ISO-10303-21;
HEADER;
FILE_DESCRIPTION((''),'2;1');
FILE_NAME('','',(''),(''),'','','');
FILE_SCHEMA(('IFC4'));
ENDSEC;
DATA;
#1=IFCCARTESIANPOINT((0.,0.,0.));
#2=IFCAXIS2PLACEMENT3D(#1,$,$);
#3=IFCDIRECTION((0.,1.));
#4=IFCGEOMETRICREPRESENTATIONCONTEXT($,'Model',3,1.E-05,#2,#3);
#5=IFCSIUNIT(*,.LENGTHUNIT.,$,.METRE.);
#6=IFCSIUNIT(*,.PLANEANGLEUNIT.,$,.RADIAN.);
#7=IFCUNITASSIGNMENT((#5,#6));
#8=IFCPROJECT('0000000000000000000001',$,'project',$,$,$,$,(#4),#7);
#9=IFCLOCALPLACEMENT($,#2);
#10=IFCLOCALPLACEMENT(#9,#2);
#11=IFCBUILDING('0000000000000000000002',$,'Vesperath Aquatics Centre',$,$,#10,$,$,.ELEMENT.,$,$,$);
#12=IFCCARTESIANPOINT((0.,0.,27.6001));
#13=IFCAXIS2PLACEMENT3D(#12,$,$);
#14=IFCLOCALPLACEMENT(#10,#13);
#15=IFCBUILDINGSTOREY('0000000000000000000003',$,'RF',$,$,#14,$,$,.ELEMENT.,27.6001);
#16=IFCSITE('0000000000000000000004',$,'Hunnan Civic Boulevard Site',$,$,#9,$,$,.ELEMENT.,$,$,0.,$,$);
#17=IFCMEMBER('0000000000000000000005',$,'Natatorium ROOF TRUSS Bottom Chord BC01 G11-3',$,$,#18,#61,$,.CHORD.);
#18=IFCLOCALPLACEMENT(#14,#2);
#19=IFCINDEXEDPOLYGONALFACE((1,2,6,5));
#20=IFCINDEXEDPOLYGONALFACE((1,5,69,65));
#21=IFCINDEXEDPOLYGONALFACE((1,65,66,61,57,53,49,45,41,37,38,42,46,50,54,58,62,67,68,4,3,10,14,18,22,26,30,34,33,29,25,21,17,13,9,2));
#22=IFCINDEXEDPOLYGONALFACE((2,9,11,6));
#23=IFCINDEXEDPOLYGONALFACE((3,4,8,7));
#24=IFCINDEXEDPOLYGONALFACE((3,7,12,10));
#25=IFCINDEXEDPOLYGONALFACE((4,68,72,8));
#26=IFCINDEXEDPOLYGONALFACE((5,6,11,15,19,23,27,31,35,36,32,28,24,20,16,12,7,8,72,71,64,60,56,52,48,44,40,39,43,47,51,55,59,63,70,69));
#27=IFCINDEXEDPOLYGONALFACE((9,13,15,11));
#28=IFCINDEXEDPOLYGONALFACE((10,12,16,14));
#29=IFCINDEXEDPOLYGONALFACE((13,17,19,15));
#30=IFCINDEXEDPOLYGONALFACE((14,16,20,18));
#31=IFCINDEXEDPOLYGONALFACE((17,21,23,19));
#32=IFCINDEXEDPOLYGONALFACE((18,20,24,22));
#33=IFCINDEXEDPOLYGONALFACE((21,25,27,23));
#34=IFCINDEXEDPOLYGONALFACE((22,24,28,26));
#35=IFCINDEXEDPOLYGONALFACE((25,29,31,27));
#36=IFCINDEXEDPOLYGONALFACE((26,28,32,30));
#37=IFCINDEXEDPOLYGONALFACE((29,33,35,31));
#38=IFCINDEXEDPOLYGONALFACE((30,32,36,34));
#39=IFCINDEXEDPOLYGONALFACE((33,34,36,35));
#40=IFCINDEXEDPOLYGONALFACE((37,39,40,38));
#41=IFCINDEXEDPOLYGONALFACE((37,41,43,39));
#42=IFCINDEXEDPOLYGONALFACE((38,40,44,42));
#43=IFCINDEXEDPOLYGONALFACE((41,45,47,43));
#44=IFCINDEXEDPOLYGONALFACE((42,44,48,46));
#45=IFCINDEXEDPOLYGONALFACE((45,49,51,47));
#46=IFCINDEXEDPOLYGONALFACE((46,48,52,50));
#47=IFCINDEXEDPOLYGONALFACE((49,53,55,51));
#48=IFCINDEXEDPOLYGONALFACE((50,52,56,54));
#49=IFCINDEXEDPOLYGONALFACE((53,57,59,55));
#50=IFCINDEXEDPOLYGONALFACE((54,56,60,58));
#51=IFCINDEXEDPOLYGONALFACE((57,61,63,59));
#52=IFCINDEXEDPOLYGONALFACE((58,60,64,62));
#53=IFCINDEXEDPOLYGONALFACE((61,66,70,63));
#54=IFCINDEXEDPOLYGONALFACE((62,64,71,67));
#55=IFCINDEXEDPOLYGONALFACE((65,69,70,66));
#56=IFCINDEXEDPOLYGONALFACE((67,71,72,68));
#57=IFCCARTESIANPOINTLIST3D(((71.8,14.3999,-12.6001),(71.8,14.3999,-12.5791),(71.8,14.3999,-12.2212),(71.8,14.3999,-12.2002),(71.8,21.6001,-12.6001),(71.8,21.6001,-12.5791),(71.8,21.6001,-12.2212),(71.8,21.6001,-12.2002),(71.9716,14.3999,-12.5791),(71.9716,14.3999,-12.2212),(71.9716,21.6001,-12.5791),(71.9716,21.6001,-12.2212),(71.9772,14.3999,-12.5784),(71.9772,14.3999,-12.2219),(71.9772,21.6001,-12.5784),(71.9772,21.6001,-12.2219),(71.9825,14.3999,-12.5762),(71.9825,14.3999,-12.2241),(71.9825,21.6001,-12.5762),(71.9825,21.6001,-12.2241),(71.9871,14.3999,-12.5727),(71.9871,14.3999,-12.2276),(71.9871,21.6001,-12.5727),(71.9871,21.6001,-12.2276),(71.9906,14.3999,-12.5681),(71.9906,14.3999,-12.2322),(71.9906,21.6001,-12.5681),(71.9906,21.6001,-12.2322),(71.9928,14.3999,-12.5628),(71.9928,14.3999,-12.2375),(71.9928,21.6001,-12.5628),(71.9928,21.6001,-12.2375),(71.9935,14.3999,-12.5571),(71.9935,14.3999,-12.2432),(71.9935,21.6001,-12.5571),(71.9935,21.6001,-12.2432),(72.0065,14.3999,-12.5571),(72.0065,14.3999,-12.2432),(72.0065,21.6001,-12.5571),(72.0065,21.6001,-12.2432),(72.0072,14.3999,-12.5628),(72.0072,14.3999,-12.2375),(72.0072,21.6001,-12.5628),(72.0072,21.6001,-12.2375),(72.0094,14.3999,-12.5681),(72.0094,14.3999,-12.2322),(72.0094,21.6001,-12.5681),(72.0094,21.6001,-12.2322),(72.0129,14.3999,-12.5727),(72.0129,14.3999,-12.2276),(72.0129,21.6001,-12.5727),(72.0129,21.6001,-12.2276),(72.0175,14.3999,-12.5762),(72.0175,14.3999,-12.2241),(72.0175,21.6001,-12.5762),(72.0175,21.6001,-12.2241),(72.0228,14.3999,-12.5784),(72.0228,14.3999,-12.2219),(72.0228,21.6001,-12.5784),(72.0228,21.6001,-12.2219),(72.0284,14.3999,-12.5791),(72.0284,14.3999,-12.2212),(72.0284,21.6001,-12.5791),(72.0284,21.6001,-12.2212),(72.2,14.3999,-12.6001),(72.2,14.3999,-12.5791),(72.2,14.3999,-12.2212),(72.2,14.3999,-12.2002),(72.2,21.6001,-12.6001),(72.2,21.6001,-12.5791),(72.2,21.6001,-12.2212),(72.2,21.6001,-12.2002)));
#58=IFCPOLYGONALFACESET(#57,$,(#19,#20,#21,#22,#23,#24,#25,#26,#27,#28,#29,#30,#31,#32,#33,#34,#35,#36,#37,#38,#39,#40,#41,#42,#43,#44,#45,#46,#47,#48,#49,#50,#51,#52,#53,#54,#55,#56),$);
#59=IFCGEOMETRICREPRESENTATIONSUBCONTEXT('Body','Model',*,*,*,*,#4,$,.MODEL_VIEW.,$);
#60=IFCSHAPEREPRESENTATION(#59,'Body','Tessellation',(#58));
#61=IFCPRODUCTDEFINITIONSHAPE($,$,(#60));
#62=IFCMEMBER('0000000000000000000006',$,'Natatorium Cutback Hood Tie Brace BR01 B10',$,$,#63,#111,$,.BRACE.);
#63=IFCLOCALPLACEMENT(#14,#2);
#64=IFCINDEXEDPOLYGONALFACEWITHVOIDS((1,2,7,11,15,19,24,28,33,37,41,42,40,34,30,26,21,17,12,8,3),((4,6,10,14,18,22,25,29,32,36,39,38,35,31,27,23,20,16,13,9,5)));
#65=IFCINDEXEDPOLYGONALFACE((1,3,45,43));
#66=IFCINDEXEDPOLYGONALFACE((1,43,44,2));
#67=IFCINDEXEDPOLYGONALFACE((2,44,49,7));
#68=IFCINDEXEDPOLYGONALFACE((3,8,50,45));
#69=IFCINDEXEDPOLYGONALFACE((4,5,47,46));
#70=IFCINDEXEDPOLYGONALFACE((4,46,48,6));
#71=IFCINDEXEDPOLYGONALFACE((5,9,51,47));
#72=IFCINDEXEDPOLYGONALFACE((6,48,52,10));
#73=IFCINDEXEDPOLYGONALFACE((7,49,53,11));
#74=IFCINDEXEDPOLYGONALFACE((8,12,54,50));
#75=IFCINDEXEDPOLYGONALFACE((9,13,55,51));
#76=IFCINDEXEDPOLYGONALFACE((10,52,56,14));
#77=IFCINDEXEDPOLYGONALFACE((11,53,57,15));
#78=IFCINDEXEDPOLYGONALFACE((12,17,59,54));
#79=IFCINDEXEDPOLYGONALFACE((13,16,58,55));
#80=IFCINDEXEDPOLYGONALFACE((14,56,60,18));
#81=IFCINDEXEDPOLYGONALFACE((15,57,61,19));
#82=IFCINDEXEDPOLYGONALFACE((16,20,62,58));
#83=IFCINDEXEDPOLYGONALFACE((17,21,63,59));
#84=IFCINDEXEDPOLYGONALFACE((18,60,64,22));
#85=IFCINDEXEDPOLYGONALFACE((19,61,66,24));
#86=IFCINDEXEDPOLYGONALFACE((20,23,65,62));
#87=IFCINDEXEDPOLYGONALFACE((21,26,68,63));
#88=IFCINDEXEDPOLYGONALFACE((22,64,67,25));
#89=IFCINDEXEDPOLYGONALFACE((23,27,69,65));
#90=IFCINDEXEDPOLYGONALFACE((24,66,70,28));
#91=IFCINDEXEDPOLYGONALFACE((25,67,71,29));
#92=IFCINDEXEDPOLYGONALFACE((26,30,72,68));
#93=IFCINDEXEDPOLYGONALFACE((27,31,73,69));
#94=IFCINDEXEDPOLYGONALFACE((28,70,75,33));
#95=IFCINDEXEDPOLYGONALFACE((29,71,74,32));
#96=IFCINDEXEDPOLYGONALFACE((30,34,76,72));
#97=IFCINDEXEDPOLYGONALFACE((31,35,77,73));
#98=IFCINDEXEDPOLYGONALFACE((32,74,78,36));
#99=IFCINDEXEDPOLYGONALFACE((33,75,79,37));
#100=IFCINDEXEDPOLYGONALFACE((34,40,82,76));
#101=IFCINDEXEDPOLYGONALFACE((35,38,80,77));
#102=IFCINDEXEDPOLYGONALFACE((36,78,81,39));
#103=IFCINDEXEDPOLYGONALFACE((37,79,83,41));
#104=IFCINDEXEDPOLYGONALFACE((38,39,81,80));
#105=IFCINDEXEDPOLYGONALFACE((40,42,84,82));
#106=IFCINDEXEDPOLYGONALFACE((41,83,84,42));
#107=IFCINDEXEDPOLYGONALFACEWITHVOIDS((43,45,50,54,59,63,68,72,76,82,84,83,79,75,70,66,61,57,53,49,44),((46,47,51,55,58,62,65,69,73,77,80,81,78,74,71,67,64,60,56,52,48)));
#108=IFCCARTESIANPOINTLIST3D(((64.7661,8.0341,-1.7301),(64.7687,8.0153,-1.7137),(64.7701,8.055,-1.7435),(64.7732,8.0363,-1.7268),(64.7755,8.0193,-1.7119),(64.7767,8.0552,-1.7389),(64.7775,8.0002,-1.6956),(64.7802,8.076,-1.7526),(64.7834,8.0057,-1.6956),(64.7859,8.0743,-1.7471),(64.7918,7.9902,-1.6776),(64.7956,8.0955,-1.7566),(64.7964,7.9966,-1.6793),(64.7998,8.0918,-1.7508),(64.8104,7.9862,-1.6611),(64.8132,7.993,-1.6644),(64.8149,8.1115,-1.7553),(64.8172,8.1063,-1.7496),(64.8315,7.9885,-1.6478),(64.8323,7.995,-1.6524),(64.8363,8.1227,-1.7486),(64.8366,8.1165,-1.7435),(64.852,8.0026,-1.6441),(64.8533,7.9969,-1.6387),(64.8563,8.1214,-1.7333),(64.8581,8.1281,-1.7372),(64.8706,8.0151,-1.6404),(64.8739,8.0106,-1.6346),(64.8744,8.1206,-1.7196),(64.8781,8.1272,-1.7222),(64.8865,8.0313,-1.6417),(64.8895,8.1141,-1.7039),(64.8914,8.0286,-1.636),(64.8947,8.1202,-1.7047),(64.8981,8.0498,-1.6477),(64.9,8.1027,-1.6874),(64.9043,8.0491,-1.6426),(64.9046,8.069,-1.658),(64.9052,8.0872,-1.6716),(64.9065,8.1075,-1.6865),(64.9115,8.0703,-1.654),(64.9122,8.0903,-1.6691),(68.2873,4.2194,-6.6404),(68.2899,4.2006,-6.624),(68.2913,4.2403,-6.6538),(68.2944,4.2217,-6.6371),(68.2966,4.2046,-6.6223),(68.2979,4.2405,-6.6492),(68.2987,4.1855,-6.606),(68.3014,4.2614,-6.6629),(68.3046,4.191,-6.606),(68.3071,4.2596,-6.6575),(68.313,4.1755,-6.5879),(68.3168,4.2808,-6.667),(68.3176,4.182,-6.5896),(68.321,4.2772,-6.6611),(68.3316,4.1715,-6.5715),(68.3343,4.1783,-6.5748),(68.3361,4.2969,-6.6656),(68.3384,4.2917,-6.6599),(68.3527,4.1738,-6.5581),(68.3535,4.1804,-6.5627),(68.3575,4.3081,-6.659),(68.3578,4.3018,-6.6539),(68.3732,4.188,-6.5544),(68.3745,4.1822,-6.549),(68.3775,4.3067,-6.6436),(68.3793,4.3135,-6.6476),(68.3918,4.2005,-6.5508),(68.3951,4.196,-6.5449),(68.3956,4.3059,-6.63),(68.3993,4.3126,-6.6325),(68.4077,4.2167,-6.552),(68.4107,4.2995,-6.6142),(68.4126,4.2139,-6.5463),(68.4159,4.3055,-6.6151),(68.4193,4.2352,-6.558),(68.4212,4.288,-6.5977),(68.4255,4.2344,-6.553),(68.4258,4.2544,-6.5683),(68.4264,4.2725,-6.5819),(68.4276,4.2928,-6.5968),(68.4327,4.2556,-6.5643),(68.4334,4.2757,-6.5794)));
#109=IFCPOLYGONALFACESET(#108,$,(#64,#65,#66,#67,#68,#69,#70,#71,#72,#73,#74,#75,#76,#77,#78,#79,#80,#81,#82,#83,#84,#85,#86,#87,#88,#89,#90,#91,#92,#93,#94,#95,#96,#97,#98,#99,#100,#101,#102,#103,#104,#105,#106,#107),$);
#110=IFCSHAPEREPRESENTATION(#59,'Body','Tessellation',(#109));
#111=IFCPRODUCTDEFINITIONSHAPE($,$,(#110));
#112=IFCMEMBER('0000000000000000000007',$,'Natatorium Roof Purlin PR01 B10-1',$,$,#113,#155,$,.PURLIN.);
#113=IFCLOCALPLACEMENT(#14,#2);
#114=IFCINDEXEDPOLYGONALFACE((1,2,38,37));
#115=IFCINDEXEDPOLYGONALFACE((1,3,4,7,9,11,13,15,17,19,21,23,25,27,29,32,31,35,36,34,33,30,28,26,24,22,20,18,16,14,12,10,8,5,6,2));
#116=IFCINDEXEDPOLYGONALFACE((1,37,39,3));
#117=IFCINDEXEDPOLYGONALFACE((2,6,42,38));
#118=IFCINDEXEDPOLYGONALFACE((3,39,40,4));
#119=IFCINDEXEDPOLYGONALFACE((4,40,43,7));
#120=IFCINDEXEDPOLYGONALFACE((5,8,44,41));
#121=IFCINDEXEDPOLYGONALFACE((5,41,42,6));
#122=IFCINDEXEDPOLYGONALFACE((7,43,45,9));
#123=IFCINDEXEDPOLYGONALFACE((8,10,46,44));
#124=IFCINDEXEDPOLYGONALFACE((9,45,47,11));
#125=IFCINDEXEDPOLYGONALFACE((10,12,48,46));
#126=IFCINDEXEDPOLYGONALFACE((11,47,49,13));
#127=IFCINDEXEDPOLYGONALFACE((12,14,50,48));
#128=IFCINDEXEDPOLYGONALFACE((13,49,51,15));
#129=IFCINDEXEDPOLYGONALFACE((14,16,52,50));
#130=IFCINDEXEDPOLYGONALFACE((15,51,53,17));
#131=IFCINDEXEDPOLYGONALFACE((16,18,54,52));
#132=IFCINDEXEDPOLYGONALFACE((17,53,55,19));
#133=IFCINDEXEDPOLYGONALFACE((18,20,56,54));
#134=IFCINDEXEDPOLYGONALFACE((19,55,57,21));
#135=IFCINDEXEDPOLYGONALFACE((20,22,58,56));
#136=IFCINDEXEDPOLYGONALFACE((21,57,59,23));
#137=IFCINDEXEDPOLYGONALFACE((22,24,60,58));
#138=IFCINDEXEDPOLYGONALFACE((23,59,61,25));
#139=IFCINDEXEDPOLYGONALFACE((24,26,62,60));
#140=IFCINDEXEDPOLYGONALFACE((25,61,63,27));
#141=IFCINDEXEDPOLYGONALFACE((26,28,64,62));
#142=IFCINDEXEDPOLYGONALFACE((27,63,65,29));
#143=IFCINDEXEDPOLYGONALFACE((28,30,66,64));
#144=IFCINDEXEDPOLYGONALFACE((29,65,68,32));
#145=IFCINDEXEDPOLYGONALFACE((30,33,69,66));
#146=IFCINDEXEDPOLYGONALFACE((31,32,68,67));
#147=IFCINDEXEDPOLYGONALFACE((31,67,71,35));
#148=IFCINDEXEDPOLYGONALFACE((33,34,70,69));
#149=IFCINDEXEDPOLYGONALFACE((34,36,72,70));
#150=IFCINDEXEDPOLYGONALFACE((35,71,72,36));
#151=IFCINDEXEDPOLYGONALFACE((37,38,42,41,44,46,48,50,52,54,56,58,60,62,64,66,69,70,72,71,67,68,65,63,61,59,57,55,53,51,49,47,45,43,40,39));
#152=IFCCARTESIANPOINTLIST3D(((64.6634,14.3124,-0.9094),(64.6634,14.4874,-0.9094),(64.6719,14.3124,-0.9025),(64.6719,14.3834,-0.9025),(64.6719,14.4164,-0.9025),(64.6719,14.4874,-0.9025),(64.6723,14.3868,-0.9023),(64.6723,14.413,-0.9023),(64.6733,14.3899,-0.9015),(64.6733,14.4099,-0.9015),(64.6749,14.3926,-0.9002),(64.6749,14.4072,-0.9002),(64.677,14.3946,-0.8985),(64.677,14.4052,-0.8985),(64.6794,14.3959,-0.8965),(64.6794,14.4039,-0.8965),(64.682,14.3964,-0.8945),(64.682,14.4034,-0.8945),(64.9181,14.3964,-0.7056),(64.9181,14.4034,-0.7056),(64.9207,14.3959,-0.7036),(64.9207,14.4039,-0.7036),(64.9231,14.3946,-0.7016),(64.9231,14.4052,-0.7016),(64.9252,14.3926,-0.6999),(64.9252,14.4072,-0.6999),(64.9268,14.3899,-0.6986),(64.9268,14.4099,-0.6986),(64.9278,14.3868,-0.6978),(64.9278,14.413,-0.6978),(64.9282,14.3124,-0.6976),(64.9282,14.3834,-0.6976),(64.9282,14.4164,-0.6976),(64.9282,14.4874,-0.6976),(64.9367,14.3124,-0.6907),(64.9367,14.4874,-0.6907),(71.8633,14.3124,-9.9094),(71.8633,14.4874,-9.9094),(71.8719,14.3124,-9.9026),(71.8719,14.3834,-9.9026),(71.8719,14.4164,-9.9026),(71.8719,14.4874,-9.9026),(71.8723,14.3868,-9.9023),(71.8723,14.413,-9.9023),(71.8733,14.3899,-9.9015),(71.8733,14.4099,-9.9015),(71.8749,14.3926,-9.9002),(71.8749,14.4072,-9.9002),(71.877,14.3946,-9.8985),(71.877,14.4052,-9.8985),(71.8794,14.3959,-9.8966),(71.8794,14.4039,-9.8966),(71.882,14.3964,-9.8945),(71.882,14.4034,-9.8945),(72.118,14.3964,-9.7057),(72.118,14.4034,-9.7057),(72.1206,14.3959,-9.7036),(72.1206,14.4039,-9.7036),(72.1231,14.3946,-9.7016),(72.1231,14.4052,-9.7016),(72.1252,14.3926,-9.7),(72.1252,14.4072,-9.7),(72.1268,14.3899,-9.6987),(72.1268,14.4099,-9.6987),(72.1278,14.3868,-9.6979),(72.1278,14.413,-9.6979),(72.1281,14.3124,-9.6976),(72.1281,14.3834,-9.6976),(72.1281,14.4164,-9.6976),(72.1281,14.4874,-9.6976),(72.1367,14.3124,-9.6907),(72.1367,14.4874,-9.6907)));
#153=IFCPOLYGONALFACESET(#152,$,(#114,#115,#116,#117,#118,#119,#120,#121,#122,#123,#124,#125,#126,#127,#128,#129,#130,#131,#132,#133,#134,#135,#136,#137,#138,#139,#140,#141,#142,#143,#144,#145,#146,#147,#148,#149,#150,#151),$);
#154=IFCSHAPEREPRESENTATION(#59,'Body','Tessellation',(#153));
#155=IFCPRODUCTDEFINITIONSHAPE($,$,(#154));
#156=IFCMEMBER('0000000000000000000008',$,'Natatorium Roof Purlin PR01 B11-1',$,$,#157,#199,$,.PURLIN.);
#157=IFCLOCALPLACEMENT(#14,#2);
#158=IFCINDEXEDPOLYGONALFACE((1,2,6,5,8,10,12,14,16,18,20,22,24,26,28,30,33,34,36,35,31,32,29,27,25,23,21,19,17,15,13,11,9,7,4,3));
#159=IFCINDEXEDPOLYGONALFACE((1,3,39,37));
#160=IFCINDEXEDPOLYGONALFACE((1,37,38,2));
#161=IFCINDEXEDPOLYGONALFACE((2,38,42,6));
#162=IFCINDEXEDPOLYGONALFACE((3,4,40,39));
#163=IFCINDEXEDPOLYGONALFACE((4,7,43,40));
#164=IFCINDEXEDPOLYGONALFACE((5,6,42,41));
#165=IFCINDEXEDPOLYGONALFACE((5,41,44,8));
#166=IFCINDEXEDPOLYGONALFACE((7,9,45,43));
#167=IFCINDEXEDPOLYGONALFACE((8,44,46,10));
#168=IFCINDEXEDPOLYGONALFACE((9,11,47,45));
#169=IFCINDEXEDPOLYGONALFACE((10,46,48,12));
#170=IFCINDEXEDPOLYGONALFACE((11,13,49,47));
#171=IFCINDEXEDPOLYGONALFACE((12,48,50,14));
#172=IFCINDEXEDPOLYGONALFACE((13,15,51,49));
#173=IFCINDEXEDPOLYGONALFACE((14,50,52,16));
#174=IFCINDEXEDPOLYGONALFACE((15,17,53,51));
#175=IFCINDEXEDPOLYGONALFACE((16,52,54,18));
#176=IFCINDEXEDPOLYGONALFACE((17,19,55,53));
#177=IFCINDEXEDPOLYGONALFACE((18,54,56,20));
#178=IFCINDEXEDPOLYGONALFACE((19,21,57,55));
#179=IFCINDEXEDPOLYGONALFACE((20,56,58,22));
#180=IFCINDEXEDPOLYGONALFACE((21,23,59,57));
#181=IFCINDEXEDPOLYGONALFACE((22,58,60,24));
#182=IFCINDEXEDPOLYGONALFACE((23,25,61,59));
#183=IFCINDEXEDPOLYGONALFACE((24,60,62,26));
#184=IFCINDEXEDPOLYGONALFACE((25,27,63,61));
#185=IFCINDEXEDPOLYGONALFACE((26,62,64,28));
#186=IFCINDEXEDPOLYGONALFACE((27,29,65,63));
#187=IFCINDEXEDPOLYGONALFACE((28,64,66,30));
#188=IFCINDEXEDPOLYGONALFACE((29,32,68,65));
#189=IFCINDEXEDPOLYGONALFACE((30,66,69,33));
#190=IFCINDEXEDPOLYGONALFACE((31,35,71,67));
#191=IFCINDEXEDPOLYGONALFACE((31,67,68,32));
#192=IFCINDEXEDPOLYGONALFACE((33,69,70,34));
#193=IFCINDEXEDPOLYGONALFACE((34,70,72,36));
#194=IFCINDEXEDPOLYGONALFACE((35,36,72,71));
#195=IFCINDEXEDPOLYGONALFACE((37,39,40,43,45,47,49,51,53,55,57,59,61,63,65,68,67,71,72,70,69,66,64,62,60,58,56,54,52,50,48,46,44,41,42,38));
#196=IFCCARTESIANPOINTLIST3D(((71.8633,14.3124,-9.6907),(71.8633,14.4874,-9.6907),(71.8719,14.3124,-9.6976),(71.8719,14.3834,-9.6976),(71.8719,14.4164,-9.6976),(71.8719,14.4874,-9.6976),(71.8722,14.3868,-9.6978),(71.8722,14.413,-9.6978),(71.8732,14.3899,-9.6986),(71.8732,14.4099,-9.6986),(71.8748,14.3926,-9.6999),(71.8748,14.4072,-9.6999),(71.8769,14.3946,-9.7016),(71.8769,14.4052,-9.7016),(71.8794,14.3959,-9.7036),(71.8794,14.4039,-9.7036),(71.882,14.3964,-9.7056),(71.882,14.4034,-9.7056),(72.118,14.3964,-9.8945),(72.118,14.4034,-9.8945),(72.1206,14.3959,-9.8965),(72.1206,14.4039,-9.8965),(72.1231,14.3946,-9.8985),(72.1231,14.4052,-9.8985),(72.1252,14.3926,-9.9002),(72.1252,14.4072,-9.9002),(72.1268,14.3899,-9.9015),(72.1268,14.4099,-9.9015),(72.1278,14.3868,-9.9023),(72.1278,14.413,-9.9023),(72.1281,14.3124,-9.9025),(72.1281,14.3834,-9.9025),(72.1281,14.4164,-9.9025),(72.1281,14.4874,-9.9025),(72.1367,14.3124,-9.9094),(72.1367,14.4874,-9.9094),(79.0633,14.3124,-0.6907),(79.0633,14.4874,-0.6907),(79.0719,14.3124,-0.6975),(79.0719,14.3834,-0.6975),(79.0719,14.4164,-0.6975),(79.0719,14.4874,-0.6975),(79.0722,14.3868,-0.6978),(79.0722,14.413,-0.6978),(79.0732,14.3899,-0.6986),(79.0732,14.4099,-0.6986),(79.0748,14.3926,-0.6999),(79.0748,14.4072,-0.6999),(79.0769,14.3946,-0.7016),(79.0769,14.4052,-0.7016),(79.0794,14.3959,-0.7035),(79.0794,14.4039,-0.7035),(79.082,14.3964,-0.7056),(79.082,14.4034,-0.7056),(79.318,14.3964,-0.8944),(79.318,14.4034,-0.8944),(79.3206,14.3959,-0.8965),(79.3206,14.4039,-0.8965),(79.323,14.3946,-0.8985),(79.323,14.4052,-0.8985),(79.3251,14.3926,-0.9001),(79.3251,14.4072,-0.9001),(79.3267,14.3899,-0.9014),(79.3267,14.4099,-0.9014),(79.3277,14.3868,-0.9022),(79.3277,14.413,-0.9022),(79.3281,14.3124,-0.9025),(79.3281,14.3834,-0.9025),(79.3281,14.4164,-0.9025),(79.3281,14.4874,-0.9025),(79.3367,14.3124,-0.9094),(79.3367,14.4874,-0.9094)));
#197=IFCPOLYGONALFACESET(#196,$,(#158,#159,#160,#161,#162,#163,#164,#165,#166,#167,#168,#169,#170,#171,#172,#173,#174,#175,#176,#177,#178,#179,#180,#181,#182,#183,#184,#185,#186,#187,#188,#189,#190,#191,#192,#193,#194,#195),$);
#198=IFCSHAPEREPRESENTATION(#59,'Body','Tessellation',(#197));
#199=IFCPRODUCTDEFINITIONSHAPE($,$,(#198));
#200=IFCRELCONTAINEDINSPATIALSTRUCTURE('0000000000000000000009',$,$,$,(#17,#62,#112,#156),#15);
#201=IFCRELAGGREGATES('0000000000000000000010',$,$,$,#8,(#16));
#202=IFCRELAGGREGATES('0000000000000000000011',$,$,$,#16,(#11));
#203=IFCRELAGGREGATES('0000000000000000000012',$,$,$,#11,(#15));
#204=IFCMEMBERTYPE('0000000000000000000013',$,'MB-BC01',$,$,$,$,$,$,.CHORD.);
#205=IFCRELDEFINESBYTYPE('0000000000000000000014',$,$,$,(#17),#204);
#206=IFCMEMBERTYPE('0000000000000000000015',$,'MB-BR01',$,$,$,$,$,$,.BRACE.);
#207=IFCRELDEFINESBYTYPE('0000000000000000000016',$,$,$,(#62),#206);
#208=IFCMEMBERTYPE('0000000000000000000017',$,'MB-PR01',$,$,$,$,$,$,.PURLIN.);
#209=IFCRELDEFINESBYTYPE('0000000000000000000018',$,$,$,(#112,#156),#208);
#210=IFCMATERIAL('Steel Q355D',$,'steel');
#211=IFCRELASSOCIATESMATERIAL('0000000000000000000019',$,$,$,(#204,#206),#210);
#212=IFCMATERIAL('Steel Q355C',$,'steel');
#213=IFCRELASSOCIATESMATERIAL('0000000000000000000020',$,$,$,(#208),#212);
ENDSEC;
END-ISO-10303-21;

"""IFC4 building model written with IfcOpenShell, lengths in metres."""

from ifc_helpers import new_model, si_unit, direction, frame, origin, origin_2d, place, context, subcontext, project, spatial, hollow_circle, i_section, extrude, material, material_profile, profile_set, type_object, element, save


model = new_model("IFC4")

# Units and contexts
model_context = context("Model", 3, precision=1e-05, world=origin(), true_north=direction((0.0, 1.0)))
body_context = subcontext(model_context, "Body", "Model", "MODEL_VIEW")
ifc_project = project(units=[si_unit("LENGTHUNIT", "METRE"), si_unit("PLANEANGLEUNIT", "RADIAN")], contexts=[model_context])

# Site, building, storey
site_placement = place(None, origin())
site = spatial("IfcSite", under=ifc_project, at=site_placement, Name="Hunnan Civic Boulevard Site", CompositionType="ELEMENT", RefElevation=0.0)
building_placement = place(site_placement, origin())
building = spatial("IfcBuilding", under=site, at=building_placement, Name="Vesperath Aquatics Centre", CompositionType="ELEMENT")
storey_placement = place(building_placement, frame((0.0, 0.0, 27.6001)))
storey = spatial("IfcBuildingStorey", under=building, at=storey_placement, Name="RF", CompositionType="ELEMENT", Elevation=27.6001)

# Shared definitions
ifc_material_1 = material(Name="Steel Q355C", Category="steel")

# Members
ifc_material_2 = material(Name="Steel Q355D", Category="steel")
ifc_material_profile_1 = material_profile(ifc_material_2, i_section(OverallWidth=0.3999, OverallDepth=0.3999, WebThickness=0.0129, FlangeThickness=0.021, FilletRadius=0.022, at=origin_2d()), Name="HW 400x400x13x21")
ifc_profile_set_1 = profile_set([ifc_material_profile_1], Name="Steel Q355D")
member_type_1 = type_object("IfcMemberType", Name="MB-BC01", PredefinedType="CHORD", material=ifc_profile_set_1)
member_1_placement = place(storey_placement, frame((72.0, 14.3999, -12.4001), z_axis=(0.0, 1.0, 0.0), x_axis=(-1.0, 0.0, 0.0)))
element("IfcMember", 1, at=member_1_placement, inside=storey, type_object=member_type_1, Name="Natatorium ROOF TRUSS Bottom Chord BC01 G11-3", PredefinedType="CHORD", context=body_context, shape_type="SweptSolid", body=[
    extrude(i_section(OverallWidth=0.3999, OverallDepth=0.3999, WebThickness=0.0129, FlangeThickness=0.021, FilletRadius=0.022, at=origin_2d()), origin(), (0.0, 0.0, 1.0), 7.2002),
])
ifc_material_profile_2 = material_profile(ifc_material_2, hollow_circle(Radius=0.0842, WallThickness=0.0081, at=origin_2d()), Name="CHS 168.3x8")
ifc_profile_set_2 = profile_set([ifc_material_profile_2], Name="Steel Q355D")
member_type_2 = type_object("IfcMemberType", Name="MB-BR01", PredefinedType="BRACE", material=ifc_profile_set_2)
member_2_placement = place(storey_placement, frame((68.3606, 4.2427, -6.606), z_axis=(-0.492768, 0.533834, 0.687169), x_axis=(-0.734805, -0.678278, 0.0)))
element("IfcMember", 2, at=member_2_placement, inside=storey, type_object=member_type_2, Name="Natatorium Cutback Hood Tie Brace BR01 B10", PredefinedType="BRACE", context=body_context, shape_type="SweptSolid", body=[
    extrude(hollow_circle(Radius=0.0842, WallThickness=0.0081, at=origin_2d()), origin(), (0.0, 0.0, 1.0), 7.1458),
])
ifc_material_profile_3 = material_profile(ifc_material_1, i_section(OverallWidth=0.175, OverallDepth=0.3501, WebThickness=0.0071, FlangeThickness=0.011, FilletRadius=0.0129, at=origin_2d()), Name="HN 350x175x7x11")
ifc_profile_set_3 = profile_set([ifc_material_profile_3], Name="Steel Q355C")
member_type_3 = type_object("IfcMemberType", Name="MB-PR01", PredefinedType="PURLIN", material=ifc_profile_set_3)
for number, where, z_axis, x_axis, name in (
    (3, (64.8, 14.3999, -0.8), (0.624692, 0.0, -0.780871), (0.0, 1.0, 0.0), "Natatorium Roof Purlin PR01 B10-1"),
    (4, (72.0, 14.3999, -9.8), (0.624692, 0.0, 0.780871), (0.0, 1.0, 0.0), "Natatorium Roof Purlin PR01 B11-1"),
):
    element("IfcMember", number, at=place(storey_placement, frame(where, z_axis=z_axis, x_axis=x_axis)), inside=storey, type_object=member_type_3, Name=name, PredefinedType="PURLIN", context=body_context, shape_type="SweptSolid", body=[
        extrude(i_section(OverallWidth=0.175, OverallDepth=0.3501, WebThickness=0.0071, FlangeThickness=0.011, FilletRadius=0.0129, at=origin_2d()), origin(), (0.0, 0.0, 1.0), 11.5256),
    ])

save(model, "model.ifc")
